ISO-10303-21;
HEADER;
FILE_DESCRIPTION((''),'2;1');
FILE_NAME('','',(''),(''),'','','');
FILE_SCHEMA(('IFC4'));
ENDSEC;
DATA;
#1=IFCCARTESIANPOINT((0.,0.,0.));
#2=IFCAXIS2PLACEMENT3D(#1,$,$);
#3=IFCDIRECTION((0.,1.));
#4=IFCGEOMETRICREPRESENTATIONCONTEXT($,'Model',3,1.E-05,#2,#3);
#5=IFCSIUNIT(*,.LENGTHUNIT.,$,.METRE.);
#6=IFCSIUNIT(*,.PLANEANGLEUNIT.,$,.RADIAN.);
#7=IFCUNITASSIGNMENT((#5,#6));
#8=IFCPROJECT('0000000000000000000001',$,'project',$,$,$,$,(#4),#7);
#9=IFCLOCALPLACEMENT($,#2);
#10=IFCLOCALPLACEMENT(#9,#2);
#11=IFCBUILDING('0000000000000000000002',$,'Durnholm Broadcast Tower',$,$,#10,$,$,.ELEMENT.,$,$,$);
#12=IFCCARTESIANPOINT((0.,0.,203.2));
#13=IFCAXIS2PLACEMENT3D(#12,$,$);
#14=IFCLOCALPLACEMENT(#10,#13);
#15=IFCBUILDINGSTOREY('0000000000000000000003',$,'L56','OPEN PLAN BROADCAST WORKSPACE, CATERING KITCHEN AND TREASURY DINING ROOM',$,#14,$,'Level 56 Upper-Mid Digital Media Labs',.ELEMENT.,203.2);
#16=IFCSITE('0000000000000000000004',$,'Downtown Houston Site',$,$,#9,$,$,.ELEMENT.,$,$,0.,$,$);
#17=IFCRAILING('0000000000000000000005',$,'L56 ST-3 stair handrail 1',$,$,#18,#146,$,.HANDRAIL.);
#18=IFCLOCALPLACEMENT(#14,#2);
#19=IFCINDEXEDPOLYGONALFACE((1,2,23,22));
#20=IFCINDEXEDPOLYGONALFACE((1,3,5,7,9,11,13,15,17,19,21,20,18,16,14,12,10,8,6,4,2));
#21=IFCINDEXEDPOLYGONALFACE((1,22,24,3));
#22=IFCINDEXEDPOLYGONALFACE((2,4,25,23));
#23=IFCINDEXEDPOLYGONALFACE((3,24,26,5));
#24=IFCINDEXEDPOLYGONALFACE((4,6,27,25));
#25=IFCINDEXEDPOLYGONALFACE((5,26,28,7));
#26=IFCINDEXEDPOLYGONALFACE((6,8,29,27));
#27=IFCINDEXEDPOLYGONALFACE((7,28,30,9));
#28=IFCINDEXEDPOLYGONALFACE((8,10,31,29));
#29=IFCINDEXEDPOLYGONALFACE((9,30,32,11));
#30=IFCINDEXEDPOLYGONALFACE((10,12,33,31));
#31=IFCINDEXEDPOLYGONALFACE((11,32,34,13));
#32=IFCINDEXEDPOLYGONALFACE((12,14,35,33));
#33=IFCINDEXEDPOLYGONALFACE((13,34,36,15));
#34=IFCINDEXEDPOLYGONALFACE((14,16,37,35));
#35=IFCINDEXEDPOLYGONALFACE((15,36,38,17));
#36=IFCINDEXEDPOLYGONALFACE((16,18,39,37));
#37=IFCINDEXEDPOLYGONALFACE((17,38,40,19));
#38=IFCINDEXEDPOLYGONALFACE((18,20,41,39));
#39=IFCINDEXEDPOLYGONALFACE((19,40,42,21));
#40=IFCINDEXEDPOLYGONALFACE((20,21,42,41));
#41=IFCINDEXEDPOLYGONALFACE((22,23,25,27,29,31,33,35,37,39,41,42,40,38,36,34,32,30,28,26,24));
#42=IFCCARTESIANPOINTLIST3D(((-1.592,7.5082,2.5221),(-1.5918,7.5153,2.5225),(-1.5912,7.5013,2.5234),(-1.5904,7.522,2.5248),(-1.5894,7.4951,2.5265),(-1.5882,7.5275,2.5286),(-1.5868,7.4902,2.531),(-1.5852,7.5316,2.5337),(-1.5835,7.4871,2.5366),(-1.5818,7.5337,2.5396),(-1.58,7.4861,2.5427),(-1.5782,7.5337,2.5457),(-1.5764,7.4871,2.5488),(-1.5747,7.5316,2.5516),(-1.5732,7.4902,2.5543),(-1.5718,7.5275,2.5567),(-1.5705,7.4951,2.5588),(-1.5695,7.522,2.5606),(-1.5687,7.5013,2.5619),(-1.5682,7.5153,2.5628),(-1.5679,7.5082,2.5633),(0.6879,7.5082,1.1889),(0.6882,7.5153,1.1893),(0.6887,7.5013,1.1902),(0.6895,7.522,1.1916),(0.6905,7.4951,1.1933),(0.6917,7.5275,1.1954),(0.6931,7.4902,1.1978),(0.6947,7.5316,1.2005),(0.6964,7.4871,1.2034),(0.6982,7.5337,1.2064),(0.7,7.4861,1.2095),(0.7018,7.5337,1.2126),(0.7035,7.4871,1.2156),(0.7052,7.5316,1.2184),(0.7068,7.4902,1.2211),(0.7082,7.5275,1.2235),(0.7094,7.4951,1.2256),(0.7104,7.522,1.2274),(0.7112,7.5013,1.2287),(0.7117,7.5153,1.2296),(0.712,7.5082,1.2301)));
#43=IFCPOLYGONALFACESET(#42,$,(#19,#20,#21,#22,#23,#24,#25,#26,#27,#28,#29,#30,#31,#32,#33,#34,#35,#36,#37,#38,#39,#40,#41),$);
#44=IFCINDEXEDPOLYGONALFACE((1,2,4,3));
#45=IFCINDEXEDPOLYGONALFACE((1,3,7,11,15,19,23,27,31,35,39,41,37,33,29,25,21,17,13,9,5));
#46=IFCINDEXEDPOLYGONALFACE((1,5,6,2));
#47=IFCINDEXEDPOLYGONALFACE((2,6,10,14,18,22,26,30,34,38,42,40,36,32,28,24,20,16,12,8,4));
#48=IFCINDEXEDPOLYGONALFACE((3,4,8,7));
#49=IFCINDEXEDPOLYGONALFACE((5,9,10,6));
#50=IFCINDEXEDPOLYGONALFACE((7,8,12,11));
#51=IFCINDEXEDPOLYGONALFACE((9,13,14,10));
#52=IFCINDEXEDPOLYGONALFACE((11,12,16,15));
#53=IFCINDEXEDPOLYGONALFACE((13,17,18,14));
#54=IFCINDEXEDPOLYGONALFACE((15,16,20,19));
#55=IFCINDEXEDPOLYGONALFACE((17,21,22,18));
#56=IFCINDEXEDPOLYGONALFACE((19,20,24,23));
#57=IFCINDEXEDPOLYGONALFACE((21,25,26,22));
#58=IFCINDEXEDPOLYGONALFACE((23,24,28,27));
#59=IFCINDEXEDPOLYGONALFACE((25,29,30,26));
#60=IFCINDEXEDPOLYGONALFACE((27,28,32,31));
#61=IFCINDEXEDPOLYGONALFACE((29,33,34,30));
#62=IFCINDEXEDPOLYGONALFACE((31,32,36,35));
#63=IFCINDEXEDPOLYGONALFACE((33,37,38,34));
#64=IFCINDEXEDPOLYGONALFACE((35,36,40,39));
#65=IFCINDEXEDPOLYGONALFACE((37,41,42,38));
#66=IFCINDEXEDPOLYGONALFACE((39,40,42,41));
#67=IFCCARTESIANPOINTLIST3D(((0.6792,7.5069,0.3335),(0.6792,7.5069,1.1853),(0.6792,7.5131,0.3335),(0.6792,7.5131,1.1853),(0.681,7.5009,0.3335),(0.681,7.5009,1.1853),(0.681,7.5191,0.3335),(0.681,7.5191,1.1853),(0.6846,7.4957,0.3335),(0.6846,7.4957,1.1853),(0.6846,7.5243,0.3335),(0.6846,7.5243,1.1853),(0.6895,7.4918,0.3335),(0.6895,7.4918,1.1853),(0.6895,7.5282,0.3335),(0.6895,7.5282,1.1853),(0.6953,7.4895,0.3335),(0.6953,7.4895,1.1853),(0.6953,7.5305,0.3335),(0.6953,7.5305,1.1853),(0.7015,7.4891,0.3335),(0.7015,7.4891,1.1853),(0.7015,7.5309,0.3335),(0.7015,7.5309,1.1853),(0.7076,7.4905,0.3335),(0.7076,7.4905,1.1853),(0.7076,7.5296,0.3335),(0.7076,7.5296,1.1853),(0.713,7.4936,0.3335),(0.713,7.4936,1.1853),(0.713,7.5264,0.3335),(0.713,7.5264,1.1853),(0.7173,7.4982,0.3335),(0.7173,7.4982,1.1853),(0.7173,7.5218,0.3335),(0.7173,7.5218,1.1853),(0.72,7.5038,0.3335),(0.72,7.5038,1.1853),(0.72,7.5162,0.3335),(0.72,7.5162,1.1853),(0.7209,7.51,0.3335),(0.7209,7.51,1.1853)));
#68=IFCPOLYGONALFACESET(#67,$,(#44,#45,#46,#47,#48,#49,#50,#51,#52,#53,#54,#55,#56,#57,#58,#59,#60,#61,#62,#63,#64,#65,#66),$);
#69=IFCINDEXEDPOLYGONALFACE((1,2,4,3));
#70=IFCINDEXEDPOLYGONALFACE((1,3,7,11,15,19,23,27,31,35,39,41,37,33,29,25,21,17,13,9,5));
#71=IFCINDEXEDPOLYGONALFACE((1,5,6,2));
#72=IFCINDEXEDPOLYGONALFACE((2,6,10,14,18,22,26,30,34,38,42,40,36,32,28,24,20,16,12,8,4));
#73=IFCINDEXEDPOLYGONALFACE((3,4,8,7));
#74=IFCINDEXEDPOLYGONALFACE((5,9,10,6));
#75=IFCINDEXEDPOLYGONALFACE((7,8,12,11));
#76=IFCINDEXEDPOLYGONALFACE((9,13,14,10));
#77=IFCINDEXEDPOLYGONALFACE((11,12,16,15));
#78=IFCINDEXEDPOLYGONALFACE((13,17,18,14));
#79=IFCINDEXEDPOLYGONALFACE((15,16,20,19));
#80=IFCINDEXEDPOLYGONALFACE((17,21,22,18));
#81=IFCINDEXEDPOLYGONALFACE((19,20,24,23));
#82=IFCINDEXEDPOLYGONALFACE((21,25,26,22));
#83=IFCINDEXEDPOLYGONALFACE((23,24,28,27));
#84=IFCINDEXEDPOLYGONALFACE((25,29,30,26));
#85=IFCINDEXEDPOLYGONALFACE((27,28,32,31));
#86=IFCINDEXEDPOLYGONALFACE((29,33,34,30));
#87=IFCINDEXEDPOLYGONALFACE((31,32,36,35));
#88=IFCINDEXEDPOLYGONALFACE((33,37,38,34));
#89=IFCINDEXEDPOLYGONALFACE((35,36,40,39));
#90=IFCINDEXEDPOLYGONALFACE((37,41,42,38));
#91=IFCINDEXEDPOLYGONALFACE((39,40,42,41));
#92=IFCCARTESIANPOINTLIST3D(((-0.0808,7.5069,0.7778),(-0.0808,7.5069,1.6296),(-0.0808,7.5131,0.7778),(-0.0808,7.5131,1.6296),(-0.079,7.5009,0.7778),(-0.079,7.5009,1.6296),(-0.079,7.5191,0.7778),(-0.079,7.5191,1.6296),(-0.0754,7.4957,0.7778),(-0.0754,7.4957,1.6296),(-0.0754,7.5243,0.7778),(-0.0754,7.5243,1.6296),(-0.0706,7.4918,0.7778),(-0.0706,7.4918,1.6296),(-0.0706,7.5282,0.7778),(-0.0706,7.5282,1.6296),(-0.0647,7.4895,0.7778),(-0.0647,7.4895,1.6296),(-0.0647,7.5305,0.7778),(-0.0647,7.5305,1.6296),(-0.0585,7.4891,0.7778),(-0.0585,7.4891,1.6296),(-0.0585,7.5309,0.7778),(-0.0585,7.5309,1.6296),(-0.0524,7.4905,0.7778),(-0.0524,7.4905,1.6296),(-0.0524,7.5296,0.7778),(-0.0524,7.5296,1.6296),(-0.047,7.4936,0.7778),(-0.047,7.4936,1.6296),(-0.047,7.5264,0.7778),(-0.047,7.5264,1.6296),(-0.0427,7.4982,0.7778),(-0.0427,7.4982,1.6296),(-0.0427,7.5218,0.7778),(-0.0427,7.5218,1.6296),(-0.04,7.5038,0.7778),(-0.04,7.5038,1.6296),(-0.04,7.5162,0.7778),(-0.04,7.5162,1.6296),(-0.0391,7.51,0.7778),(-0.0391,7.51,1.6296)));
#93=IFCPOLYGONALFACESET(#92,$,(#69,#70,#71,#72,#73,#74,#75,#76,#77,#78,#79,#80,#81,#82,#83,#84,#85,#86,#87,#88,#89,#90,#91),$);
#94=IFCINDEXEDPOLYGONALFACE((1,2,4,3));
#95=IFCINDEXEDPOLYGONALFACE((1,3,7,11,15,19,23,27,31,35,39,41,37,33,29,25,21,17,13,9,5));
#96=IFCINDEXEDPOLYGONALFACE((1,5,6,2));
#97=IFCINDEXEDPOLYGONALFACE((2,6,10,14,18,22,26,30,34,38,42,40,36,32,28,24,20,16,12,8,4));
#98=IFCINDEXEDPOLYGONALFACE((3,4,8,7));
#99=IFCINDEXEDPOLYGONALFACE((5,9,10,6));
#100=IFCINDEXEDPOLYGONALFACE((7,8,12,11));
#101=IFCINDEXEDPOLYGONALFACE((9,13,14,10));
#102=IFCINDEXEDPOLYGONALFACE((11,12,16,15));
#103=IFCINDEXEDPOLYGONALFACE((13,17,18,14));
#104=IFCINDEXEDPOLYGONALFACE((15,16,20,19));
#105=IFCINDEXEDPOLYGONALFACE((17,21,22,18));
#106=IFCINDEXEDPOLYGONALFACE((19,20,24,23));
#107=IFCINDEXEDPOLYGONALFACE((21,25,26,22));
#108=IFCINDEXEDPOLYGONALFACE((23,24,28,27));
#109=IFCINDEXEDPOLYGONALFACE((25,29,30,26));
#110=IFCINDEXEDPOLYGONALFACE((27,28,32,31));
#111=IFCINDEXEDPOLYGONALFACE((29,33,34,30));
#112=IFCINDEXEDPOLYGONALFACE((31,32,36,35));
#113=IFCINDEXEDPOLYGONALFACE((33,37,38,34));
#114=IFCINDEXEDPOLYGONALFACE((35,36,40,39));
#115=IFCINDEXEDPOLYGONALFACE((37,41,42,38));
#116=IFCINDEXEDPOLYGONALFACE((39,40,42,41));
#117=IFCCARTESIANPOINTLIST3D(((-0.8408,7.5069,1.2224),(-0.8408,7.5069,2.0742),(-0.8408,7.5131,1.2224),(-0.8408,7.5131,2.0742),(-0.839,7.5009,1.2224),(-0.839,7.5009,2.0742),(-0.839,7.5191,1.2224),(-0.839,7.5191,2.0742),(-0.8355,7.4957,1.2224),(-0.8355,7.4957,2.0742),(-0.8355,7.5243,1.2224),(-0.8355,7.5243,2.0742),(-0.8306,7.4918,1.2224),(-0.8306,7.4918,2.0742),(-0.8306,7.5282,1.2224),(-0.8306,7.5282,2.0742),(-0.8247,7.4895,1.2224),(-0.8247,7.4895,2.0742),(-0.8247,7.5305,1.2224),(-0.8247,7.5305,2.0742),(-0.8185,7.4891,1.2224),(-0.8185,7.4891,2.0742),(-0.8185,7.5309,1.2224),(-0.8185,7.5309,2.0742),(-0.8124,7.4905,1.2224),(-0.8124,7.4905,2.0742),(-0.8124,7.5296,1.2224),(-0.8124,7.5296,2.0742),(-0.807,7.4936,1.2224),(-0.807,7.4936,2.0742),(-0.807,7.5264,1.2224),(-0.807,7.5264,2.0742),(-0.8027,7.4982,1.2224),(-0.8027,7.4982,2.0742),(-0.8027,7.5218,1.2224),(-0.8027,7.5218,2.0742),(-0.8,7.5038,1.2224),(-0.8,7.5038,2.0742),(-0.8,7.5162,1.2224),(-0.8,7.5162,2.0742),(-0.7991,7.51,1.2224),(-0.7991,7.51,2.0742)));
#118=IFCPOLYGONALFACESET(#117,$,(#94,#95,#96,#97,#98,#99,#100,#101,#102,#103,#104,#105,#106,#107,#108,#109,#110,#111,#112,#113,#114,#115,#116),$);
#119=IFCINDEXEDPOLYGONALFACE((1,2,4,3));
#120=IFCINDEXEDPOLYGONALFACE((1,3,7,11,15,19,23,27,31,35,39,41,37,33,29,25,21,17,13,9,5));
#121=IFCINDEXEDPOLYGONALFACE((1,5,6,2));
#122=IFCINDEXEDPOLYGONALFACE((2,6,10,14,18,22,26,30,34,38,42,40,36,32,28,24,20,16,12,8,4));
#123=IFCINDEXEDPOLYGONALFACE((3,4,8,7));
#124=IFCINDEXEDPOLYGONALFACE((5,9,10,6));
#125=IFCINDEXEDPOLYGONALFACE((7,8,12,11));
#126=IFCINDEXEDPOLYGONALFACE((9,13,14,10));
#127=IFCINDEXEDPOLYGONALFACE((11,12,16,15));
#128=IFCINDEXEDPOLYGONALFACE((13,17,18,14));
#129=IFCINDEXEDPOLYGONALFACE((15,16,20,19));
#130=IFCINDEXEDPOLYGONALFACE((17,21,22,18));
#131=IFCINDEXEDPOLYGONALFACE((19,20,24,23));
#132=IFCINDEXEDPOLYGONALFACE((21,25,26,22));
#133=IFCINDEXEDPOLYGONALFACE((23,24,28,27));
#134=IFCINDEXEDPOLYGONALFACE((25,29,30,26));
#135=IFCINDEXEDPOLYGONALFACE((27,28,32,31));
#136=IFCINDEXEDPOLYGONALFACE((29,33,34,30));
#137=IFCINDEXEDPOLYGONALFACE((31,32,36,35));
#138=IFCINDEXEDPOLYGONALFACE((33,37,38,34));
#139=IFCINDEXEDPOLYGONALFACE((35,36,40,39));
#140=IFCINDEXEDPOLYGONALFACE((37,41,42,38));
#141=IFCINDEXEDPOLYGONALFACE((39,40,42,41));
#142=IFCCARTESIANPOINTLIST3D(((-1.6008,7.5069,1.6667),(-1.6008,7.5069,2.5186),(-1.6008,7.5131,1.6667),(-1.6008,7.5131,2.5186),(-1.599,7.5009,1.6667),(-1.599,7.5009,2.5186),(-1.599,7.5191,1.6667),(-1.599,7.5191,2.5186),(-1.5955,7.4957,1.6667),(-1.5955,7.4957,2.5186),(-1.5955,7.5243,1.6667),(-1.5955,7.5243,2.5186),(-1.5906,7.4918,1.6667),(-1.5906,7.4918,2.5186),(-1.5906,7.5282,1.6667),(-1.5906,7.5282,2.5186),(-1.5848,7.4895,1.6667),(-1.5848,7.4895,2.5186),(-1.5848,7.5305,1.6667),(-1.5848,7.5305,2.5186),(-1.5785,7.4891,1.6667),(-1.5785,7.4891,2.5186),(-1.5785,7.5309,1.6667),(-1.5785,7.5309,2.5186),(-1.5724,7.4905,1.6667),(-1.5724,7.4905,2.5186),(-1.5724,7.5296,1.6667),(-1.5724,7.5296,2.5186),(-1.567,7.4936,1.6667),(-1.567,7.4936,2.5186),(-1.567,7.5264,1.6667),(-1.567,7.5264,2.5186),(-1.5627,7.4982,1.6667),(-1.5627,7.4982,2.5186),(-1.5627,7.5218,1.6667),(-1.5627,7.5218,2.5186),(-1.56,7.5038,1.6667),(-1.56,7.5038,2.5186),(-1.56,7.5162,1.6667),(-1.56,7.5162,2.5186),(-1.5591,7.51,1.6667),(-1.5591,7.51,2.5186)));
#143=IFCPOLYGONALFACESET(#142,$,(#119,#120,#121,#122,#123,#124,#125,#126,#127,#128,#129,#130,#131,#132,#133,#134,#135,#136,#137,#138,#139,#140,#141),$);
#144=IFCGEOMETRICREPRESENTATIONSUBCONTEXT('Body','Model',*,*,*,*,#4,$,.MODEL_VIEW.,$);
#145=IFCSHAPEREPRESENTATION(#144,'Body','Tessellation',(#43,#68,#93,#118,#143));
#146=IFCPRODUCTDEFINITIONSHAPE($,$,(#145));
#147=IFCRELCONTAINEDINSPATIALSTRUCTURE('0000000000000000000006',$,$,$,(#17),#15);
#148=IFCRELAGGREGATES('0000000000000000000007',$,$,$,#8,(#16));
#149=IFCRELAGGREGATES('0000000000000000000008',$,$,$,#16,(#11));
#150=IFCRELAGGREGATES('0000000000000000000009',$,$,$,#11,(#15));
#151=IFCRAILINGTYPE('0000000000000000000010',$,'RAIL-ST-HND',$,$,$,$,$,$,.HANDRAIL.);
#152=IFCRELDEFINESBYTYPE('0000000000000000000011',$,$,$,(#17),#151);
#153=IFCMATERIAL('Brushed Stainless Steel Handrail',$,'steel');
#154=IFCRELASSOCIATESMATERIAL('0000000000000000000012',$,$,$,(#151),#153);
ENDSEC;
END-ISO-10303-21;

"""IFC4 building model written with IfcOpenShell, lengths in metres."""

from ifc_helpers import new_model, si_unit, direction, frame, origin, origin_2d, place, context, subcontext, project, spatial, circle, extrude, material, type_object, element, save


model = new_model("IFC4")

# Units and contexts
model_context = context("Model", 3, precision=1e-05, world=origin(), true_north=direction((0.0, 1.0)))
body_context = subcontext(model_context, "Body", "Model", "MODEL_VIEW")
ifc_project = project(units=[si_unit("LENGTHUNIT", "METRE"), si_unit("PLANEANGLEUNIT", "RADIAN")], contexts=[model_context])

# Site, building, storey
site_placement = place(None, origin())
site = spatial("IfcSite", under=ifc_project, at=site_placement, Name="Downtown Houston Site", CompositionType="ELEMENT", RefElevation=0.0)
building_placement = place(site_placement, origin())
building = spatial("IfcBuilding", under=site, at=building_placement, Name="Durnholm Broadcast Tower", CompositionType="ELEMENT")
storey_placement = place(building_placement, frame((0.0, 0.0, 203.2)))
storey = spatial("IfcBuildingStorey", under=building, at=storey_placement, Name="L56", Description="OPEN PLAN BROADCAST WORKSPACE, CATERING KITCHEN AND TREASURY DINING ROOM", LongName="Level 56 Upper-Mid Digital Media Labs", CompositionType="ELEMENT", Elevation=203.2)

# Railing
ifc_material_1 = material(Name="Brushed Stainless Steel Handrail", Category="steel")
railing_type_1 = type_object("IfcRailingType", Name="RAIL-ST-HND", PredefinedType="HANDRAIL", material=ifc_material_1)
railing_1_placement = place(storey_placement, frame((0.7, 7.51, 0.3335)))
element("IfcRailing", 1, at=railing_1_placement, inside=storey, type_object=railing_type_1, Name="L56 ST-3 stair handrail 1", PredefinedType="HANDRAIL", context=body_context, shape_type="SweptSolid", body=[
    extrude(circle(Radius=0.0239, at=origin_2d()), frame((0.0, 0.0, 0.876), z_axis=(-0.863245, 0.0, 0.504785), x_axis=(0.0, -1.0, 0.0)), (0.0, 0.0, 1.0), 2.6411),
    extrude(circle(Radius=0.021, at=origin_2d()), origin(), (0.0, 0.0, 1.0), 0.8518),
    extrude(circle(Radius=0.021, at=origin_2d()), frame((-0.76, 0.0, 0.4443)), (0.0, 0.0, 1.0), 0.8518),
    extrude(circle(Radius=0.021, at=origin_2d()), frame((-1.52, 0.0, 0.8889)), (0.0, 0.0, 1.0), 0.8518),
    extrude(circle(Radius=0.021, at=origin_2d()), frame((-2.28, 0.0, 1.3333)), (0.0, 0.0, 1.0), 0.8518),
])

save(model, "model.ifc")
